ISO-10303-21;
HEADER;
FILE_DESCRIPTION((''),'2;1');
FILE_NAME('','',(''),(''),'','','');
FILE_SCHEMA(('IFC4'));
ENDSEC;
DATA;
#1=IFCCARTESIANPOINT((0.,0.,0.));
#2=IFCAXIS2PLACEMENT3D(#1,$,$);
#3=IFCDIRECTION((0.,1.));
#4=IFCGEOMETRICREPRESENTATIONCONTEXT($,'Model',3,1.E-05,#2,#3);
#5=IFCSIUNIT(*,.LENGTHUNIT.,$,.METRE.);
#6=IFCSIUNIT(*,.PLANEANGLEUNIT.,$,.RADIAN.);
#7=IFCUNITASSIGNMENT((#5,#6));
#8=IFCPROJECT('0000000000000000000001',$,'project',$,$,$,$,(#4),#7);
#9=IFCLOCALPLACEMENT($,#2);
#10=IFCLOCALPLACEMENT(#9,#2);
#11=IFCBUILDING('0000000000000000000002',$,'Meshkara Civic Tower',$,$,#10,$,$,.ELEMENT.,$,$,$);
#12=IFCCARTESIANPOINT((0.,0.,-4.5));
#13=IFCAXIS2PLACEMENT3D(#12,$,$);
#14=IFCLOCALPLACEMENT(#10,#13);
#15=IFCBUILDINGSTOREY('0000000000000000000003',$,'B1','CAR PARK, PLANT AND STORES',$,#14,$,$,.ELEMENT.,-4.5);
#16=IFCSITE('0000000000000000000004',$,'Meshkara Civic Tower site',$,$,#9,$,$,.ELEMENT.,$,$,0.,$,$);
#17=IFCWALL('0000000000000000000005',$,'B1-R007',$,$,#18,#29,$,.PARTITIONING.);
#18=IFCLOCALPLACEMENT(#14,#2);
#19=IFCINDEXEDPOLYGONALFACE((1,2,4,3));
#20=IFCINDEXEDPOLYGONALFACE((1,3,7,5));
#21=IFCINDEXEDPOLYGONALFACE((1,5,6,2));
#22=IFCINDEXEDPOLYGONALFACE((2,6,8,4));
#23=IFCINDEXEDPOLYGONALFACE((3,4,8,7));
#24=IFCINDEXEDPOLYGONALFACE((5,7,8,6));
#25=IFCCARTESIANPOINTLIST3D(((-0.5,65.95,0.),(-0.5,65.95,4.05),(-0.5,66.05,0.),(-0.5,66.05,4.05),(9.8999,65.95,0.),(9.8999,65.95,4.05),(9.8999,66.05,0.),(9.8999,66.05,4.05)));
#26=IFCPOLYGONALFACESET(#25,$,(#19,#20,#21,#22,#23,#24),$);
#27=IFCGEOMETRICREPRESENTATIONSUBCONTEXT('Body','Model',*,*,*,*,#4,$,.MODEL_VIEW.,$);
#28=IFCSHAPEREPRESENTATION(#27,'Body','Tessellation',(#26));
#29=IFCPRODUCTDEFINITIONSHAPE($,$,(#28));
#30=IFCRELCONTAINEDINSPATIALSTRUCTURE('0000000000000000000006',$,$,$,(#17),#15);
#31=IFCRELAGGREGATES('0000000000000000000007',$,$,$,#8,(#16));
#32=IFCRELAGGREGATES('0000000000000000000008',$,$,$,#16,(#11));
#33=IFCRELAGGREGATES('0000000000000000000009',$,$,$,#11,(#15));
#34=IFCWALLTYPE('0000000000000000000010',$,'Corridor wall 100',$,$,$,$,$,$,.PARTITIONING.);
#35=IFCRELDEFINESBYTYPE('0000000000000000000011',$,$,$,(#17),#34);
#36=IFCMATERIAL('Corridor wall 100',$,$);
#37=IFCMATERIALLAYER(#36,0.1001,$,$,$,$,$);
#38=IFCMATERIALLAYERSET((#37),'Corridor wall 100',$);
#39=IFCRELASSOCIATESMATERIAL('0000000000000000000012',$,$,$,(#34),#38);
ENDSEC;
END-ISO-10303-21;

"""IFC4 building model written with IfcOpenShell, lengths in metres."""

from ifc_helpers import new_model, si_unit, direction, frame, frame_2d, origin, place, context, subcontext, project, spatial, rectangle, extrude, material, layer, layer_set, type_object, element, save


model = new_model("IFC4")

# Units and contexts
model_context = context("Model", 3, precision=1e-05, world=origin(), true_north=direction((0.0, 1.0)))
body_context = subcontext(model_context, "Body", "Model", "MODEL_VIEW")
ifc_project = project(units=[si_unit("LENGTHUNIT", "METRE"), si_unit("PLANEANGLEUNIT", "RADIAN")], contexts=[model_context])

# Site, building, storey
site_placement = place(None, origin())
site = spatial("IfcSite", under=ifc_project, at=site_placement, Name="Meshkara Civic Tower site", CompositionType="ELEMENT", RefElevation=0.0)
building_placement = place(site_placement, origin())
building = spatial("IfcBuilding", under=site, at=building_placement, Name="Meshkara Civic Tower", CompositionType="ELEMENT")
storey_placement = place(building_placement, frame((0.0, 0.0, -4.5)))
storey = spatial("IfcBuildingStorey", under=building, at=storey_placement, Name="B1", Description="CAR PARK, PLANT AND STORES", CompositionType="ELEMENT", Elevation=-4.5)

# Wall
ifc_material_1 = material(Name="Corridor wall 100")
ifc_layer = layer(ifc_material_1, 0.1001)
ifc_layer_set = layer_set([ifc_layer], Name="Corridor wall 100")
wall_type = type_object("IfcWallType", Name="Corridor wall 100", PredefinedType="PARTITIONING", material=ifc_layer_set)
wall_1_placement = place(storey_placement, frame((-0.5, 66.0, 0.0), z_axis=(0.0, 0.0, 1.0), x_axis=(1.0, 0.0, 0.0)))
element("IfcWall", 1, at=wall_1_placement, inside=storey, type_object=wall_type, Name="B1-R007", PredefinedType="PARTITIONING", context=body_context, shape_type="SweptSolid", body=[
    extrude(rectangle(XDim=10.3999, YDim=0.1001, at=frame_2d((5.2, 0.0))), origin(), (0.0, 0.0, 1.0), 4.05),
])

save(model, "model.ifc")
